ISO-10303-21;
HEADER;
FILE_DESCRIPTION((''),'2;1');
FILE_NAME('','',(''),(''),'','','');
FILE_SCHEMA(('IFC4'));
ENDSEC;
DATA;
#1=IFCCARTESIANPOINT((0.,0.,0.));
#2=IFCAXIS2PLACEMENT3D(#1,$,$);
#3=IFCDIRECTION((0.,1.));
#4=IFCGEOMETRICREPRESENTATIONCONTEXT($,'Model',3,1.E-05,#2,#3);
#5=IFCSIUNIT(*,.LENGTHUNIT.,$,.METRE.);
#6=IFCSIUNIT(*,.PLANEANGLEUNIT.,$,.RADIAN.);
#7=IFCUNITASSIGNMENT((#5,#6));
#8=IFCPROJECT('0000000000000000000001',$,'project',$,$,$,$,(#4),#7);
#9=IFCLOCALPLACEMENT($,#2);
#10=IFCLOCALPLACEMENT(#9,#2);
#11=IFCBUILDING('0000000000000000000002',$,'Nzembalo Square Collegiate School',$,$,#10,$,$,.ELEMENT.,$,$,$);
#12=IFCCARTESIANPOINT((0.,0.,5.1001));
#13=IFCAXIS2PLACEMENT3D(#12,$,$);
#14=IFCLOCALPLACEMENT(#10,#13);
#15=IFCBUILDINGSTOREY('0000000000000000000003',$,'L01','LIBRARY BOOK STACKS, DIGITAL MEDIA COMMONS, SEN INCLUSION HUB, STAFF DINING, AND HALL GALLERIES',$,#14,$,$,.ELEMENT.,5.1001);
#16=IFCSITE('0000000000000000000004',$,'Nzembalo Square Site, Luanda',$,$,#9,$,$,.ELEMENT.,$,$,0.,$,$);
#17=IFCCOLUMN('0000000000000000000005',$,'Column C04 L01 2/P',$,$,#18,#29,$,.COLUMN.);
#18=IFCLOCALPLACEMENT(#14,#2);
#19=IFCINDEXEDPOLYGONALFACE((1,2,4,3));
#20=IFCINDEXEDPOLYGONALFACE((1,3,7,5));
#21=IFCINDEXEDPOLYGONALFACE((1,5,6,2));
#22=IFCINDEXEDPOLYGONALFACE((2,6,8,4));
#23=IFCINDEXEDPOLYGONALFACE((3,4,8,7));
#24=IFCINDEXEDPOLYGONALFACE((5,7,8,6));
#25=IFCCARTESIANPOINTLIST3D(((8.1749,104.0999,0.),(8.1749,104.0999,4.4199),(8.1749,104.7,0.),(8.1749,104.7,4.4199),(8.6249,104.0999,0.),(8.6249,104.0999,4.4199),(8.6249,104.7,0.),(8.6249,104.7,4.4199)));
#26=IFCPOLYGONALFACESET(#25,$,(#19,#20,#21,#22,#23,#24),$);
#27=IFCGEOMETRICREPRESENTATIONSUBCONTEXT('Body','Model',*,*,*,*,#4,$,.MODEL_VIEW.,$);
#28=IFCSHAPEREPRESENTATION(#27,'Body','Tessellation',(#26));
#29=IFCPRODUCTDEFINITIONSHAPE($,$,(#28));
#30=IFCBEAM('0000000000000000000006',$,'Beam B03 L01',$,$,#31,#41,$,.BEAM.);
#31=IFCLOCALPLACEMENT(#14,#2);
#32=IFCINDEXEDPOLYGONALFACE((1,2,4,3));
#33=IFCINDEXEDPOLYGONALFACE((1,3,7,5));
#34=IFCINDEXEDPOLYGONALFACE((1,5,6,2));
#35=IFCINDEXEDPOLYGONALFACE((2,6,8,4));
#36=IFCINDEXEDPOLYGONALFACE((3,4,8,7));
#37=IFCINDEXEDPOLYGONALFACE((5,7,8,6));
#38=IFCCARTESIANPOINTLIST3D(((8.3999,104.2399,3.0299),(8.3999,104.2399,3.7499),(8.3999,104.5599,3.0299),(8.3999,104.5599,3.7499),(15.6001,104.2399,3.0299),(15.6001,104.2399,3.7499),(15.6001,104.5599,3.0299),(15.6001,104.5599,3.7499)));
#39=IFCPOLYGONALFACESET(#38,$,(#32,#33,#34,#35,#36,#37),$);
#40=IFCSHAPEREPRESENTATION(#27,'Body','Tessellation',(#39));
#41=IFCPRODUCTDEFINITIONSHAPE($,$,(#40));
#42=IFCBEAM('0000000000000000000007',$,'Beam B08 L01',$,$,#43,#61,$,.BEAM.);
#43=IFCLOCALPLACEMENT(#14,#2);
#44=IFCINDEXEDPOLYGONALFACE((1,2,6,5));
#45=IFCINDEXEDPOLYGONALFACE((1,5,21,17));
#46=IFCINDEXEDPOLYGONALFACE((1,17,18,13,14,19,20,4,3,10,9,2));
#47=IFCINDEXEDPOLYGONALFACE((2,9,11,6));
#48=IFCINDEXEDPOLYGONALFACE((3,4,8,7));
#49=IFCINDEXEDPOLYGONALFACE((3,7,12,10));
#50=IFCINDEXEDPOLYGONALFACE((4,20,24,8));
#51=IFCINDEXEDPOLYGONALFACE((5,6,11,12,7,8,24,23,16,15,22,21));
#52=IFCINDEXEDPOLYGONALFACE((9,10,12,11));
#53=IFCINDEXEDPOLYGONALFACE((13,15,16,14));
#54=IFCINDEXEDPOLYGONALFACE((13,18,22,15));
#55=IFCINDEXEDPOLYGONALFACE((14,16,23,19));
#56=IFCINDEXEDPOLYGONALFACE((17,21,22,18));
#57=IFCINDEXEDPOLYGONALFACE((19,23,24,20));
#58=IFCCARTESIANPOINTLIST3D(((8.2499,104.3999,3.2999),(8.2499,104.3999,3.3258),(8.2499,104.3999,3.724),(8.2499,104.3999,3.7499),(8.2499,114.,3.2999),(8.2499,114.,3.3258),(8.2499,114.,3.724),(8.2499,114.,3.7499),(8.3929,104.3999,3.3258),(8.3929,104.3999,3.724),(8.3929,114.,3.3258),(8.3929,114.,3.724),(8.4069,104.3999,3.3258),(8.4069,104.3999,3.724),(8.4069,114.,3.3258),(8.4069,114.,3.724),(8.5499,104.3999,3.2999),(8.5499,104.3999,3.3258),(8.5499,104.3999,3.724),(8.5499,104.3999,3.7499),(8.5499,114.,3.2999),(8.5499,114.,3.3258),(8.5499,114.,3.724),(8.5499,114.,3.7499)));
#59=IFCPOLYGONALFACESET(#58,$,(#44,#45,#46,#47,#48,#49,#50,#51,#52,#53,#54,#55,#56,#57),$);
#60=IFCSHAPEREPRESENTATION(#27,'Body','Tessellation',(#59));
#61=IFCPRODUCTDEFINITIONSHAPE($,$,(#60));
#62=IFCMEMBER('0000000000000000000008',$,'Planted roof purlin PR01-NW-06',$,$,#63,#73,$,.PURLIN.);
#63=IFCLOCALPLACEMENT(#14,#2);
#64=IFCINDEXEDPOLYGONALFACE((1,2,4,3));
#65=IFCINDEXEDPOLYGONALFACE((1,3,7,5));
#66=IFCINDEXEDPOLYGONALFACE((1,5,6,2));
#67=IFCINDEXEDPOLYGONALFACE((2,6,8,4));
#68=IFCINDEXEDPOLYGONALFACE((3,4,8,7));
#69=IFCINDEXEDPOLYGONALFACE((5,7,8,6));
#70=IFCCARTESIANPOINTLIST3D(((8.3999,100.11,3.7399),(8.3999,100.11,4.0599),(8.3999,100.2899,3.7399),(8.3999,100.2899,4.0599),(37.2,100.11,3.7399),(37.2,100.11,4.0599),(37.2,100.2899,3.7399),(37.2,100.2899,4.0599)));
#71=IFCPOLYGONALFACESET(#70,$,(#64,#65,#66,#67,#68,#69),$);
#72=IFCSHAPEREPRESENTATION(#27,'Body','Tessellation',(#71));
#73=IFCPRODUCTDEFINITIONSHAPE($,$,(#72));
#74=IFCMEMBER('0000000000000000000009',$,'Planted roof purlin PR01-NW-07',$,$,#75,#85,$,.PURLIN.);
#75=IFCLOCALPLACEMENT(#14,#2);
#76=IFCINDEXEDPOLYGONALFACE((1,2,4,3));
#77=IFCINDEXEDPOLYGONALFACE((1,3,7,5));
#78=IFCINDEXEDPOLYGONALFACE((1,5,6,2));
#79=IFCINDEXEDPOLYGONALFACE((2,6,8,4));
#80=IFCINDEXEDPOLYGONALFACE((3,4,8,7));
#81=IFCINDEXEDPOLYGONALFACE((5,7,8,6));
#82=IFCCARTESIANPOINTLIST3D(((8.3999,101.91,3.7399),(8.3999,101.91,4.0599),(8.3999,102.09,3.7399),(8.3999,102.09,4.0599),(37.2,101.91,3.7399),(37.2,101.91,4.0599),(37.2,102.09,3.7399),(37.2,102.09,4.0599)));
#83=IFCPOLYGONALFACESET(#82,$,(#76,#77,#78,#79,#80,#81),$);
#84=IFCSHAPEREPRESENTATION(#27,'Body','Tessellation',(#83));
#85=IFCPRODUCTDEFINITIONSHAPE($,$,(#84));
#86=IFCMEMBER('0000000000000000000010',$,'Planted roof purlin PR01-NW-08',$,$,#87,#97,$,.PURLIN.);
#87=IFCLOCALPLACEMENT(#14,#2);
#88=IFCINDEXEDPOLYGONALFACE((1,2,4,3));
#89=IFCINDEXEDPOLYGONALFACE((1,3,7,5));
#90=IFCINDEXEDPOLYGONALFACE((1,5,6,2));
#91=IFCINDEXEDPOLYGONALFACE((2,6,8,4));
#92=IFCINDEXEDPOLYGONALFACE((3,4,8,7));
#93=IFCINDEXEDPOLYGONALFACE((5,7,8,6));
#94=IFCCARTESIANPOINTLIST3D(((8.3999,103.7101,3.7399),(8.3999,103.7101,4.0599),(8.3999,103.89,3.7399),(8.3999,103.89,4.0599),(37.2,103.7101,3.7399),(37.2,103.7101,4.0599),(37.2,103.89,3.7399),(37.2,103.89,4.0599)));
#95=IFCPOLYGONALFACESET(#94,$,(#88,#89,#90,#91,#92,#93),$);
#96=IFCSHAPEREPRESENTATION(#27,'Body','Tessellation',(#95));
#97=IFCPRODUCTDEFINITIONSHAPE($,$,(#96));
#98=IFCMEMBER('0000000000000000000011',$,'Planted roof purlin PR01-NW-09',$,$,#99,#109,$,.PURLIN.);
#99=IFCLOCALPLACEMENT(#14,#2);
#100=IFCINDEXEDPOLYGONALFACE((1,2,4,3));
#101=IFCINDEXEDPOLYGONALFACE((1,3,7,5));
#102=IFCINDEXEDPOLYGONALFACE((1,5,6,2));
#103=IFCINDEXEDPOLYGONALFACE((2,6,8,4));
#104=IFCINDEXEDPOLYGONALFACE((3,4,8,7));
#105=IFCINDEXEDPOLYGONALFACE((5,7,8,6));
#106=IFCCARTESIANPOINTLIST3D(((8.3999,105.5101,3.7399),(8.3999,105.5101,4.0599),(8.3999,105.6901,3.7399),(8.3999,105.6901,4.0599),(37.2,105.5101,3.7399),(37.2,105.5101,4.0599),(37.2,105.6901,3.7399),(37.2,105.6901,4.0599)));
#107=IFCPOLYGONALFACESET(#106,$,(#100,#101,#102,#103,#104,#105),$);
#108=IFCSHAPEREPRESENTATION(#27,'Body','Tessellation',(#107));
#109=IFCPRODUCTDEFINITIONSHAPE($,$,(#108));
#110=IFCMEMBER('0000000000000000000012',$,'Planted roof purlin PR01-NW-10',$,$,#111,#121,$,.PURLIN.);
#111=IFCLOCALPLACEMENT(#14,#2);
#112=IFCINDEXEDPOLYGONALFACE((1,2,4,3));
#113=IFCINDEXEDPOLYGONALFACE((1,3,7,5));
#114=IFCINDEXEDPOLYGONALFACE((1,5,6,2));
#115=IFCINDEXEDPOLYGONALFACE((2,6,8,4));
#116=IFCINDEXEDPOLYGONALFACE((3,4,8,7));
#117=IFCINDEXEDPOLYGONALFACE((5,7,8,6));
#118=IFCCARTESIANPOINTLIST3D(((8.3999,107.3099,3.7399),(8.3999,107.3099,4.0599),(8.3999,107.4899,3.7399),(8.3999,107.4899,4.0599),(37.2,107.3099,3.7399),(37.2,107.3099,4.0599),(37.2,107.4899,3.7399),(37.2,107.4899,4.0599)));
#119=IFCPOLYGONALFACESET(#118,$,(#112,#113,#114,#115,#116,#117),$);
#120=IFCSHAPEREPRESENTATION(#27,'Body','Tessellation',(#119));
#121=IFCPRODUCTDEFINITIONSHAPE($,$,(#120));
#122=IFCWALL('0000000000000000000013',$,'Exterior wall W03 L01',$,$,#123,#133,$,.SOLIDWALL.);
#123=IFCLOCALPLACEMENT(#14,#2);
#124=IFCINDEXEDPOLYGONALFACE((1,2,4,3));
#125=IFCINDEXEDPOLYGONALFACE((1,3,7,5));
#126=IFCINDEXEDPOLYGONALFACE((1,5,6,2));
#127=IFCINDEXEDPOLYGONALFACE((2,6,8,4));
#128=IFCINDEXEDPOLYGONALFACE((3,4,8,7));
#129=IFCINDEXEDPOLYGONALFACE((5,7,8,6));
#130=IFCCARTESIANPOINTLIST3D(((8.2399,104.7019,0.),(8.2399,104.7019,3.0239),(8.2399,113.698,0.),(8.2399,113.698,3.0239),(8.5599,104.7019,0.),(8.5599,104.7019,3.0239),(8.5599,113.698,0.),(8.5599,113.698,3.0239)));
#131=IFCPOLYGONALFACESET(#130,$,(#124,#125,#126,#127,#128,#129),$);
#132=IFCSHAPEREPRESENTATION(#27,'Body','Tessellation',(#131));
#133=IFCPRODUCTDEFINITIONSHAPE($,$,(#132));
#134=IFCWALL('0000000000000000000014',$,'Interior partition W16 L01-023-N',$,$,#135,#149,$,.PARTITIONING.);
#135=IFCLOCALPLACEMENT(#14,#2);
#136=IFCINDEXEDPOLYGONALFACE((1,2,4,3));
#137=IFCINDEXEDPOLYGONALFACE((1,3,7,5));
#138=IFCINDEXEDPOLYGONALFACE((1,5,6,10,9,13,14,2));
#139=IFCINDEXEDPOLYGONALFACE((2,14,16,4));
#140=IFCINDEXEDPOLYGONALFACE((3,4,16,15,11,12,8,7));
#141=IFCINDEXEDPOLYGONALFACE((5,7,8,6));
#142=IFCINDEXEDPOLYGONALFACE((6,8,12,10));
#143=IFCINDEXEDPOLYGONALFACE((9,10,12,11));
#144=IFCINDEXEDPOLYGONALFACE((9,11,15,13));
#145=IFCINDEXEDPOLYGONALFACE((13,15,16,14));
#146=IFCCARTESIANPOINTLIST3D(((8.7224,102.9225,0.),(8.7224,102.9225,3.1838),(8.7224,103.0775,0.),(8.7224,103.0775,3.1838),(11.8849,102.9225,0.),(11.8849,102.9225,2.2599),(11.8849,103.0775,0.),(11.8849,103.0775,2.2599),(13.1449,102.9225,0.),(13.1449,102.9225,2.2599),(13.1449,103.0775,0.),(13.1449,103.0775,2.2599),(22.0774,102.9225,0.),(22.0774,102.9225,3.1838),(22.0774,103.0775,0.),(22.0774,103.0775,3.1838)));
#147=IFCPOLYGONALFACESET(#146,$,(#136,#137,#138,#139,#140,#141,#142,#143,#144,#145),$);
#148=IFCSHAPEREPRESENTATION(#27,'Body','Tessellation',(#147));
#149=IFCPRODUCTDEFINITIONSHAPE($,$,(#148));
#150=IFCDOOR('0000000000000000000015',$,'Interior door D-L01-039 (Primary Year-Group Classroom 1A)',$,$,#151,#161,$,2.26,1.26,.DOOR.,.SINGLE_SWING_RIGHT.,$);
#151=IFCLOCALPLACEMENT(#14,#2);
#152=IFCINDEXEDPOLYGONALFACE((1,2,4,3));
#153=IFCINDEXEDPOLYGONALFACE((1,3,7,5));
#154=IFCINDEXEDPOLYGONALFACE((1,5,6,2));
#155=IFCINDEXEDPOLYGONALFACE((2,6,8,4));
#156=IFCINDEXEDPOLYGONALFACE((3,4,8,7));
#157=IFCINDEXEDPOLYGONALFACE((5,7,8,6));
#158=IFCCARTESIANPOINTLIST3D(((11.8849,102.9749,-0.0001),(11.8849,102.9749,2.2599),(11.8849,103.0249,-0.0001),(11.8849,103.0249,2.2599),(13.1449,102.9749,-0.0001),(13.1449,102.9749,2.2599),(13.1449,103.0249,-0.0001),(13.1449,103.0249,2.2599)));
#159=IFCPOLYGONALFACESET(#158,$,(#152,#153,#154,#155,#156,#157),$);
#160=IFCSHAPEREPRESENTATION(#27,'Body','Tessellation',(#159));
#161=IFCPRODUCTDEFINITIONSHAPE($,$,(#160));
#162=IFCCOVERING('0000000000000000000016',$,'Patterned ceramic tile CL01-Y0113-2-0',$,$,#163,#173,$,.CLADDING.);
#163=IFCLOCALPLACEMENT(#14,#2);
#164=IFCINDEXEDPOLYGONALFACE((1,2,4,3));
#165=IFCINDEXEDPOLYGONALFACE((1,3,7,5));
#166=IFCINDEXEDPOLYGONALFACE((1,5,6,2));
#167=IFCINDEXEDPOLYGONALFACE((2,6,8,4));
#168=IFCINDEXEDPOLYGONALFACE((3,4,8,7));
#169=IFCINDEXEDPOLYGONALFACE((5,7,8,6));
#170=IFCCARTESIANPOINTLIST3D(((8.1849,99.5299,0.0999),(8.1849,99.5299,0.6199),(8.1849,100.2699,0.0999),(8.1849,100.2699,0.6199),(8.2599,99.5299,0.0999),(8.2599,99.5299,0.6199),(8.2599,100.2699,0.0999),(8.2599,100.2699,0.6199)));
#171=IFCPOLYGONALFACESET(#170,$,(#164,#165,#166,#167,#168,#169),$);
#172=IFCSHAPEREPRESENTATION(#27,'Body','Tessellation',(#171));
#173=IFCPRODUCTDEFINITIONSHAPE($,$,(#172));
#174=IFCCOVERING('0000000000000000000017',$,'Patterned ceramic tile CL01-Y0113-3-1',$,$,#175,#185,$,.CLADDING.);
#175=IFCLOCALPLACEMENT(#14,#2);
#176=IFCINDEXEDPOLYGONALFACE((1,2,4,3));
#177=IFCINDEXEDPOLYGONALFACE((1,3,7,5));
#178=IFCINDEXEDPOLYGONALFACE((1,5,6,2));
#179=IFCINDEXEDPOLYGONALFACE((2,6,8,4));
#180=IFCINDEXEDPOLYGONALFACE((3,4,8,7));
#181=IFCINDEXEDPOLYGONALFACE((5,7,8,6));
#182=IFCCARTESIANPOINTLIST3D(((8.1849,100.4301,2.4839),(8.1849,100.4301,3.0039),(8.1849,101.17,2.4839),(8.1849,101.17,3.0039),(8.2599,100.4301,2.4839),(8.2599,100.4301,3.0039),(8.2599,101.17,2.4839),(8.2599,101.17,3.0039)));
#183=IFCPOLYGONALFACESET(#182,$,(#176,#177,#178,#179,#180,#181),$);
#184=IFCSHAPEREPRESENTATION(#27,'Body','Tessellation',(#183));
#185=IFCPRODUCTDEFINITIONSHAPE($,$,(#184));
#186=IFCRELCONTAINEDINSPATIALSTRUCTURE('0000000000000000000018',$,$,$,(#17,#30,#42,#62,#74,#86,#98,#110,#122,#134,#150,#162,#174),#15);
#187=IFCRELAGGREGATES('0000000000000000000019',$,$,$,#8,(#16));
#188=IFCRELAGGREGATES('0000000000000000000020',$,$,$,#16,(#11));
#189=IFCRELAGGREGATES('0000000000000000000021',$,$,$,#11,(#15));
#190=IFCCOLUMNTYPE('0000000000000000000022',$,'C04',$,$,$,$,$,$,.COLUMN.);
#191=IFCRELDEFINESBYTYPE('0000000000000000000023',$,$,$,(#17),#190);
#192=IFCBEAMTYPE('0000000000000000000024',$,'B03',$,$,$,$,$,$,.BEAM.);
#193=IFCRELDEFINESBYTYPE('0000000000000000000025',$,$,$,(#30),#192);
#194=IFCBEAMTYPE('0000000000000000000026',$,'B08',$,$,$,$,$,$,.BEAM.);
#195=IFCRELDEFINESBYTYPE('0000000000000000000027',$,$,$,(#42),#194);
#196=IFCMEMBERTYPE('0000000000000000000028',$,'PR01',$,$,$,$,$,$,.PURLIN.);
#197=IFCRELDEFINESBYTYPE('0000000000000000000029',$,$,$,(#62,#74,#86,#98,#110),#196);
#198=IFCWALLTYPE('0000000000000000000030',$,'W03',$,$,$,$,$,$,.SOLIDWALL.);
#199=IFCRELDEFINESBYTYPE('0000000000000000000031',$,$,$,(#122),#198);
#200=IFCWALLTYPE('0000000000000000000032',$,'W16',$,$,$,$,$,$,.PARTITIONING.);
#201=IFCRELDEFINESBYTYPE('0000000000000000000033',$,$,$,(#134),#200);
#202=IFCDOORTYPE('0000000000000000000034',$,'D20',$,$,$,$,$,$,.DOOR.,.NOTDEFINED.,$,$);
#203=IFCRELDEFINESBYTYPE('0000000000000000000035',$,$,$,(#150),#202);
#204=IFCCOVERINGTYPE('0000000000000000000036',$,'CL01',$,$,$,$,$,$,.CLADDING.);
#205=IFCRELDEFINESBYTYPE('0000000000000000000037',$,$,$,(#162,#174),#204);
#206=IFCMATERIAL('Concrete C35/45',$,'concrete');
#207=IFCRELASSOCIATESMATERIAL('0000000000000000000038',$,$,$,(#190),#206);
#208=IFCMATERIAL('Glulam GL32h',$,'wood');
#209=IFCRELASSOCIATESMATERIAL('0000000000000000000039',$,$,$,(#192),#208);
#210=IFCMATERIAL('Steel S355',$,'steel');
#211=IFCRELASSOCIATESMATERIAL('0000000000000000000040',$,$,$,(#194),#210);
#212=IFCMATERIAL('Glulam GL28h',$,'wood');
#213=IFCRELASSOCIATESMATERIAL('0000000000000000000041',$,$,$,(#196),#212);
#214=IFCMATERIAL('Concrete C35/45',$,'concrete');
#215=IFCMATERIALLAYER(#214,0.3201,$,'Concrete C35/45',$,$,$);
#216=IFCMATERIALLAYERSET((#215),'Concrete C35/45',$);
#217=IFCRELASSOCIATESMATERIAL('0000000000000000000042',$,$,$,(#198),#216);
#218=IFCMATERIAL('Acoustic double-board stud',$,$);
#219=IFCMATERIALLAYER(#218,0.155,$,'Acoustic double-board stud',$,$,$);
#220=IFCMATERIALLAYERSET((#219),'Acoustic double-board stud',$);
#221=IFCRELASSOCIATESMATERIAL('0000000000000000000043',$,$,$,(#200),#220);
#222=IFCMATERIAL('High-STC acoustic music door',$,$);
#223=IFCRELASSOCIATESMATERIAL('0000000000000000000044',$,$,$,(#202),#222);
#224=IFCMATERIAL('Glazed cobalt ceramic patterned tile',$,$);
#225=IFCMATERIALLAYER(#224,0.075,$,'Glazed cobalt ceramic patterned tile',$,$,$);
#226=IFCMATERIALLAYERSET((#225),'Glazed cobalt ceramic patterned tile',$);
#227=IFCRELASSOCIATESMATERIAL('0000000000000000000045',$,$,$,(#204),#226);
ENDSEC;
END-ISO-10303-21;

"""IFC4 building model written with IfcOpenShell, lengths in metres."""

from ifc_helpers import new_model, si_unit, direction, frame, frame_2d, origin, origin_2d, place, context, subcontext, project, spatial, rectangle, i_section, extrude, material, layer, layer_set, material_profile, profile_set, type_object, element, fill, save


model = new_model("IFC4")

# Units and contexts
model_context = context("Model", 3, precision=1e-05, world=origin(), true_north=direction((0.0, 1.0)))
body_context = subcontext(model_context, "Body", "Model", "MODEL_VIEW")
ifc_project = project(units=[si_unit("LENGTHUNIT", "METRE"), si_unit("PLANEANGLEUNIT", "RADIAN")], contexts=[model_context])

# Site, building, storey
site_placement = place(None, origin())
site = spatial("IfcSite", under=ifc_project, at=site_placement, Name="Nzembalo Square Site, Luanda", CompositionType="ELEMENT", RefElevation=0.0)
building_placement = place(site_placement, origin())
building = spatial("IfcBuilding", under=site, at=building_placement, Name="Nzembalo Square Collegiate School", CompositionType="ELEMENT")
storey_placement = place(building_placement, frame((0.0, 0.0, 5.1001)))
storey = spatial("IfcBuildingStorey", under=building, at=storey_placement, Name="L01", Description="LIBRARY BOOK STACKS, DIGITAL MEDIA COMMONS, SEN INCLUSION HUB, STAFF DINING, AND HALL GALLERIES", CompositionType="ELEMENT", Elevation=5.1001)

# Column
ifc_material_1 = material(Name="Concrete C35/45", Category="concrete")
ifc_material_profile_1 = material_profile(ifc_material_1, rectangle(XDim=0.45, YDim=0.6001, at=origin_2d()), Name="RC 450x600")
ifc_profile_set_1 = profile_set([ifc_material_profile_1], Name="Concrete C35/45")
column_type = type_object("IfcColumnType", Name="C04", PredefinedType="COLUMN", material=ifc_profile_set_1)
column_placement = place(storey_placement, frame((8.3999, 104.3999, 0.0), z_axis=(0.0, 0.0, 1.0), x_axis=(1.0, 0.0, 0.0)))
element("IfcColumn", 1, at=column_placement, inside=storey, type_object=column_type, Name="Column C04 L01 2/P", PredefinedType="COLUMN", context=body_context, shape_type="SweptSolid", body=[
    extrude(rectangle(XDim=0.45, YDim=0.6001, at=origin_2d()), origin(), (0.0, 0.0, 1.0), 4.4199),
])

# Beams
ifc_material_2 = material(Name="Glulam GL32h", Category="wood")
ifc_material_profile_2 = material_profile(ifc_material_2, rectangle(XDim=0.3201, YDim=0.72, at=origin_2d()), Name="GL32h 320x720")
ifc_profile_set_2 = profile_set([ifc_material_profile_2], Name="Glulam GL32h")
beam_type_1 = type_object("IfcBeamType", Name="B03", PredefinedType="BEAM", material=ifc_profile_set_2)
beam_1_placement = place(storey_placement, frame((8.3999, 104.3999, 3.3899), z_axis=(1.0, 0.0, 0.0), x_axis=(0.0, 1.0, 0.0)))
element("IfcBeam", 2, at=beam_1_placement, inside=storey, type_object=beam_type_1, Name="Beam B03 L01", PredefinedType="BEAM", context=body_context, shape_type="SweptSolid", body=[
    extrude(rectangle(XDim=0.3201, YDim=0.72, at=origin_2d()), origin(), (0.0, 0.0, 1.0), 7.2002),
])
ifc_material_3 = material(Name="Steel S355", Category="steel")
ifc_material_profile_3 = material_profile(ifc_material_3, i_section(OverallWidth=0.3, OverallDepth=0.45, WebThickness=0.0139, FlangeThickness=0.0259, at=origin_2d()), Name="HEB 450")
ifc_profile_set_3 = profile_set([ifc_material_profile_3], Name="Steel S355")
beam_type_2 = type_object("IfcBeamType", Name="B08", PredefinedType="BEAM", material=ifc_profile_set_3)
beam_2_placement = place(storey_placement, frame((8.3999, 104.3999, 3.5249), z_axis=(0.0, 1.0, 0.0), x_axis=(-1.0, 0.0, 0.0)))
element("IfcBeam", 3, at=beam_2_placement, inside=storey, type_object=beam_type_2, Name="Beam B08 L01", PredefinedType="BEAM", context=body_context, shape_type="SweptSolid", body=[
    extrude(i_section(OverallWidth=0.3, OverallDepth=0.45, WebThickness=0.0139, FlangeThickness=0.0259, at=origin_2d()), origin(), (0.0, 0.0, 1.0), 9.6001),
])

# Members
ifc_material_4 = material(Name="Glulam GL28h", Category="wood")
ifc_material_profile_4 = material_profile(ifc_material_4, rectangle(XDim=0.1799, YDim=0.3201, at=origin_2d()), Name="GL28h 180x320")
ifc_profile_set_4 = profile_set([ifc_material_profile_4], Name="Glulam GL28h")
member_type = type_object("IfcMemberType", Name="PR01", PredefinedType="PURLIN", material=ifc_profile_set_4)
for number, where, z_axis, x_axis, name in (
    (4, (8.3999, 100.2, 3.8999), (1.0, 0.0, 0.0), (0.0, 1.0, 0.0), "Planted roof purlin PR01-NW-06"),
    (5, (8.3999, 102.0, 3.8999), (1.0, 0.0, 0.0), (0.0, 1.0, 0.0), "Planted roof purlin PR01-NW-07"),
    (6, (8.3999, 103.8, 3.8999), (1.0, 0.0, 0.0), (0.0, 1.0, 0.0), "Planted roof purlin PR01-NW-08"),
    (7, (8.3999, 105.6001, 3.8999), (1.0, 0.0, 0.0), (0.0, 1.0, 0.0), "Planted roof purlin PR01-NW-09"),
    (8, (8.3999, 107.3999, 3.8999), (1.0, 0.0, 0.0), (0.0, 1.0, 0.0), "Planted roof purlin PR01-NW-10"),
):
    element("IfcMember", number, at=place(storey_placement, frame(where, z_axis=z_axis, x_axis=x_axis)), inside=storey, type_object=member_type, Name=name, PredefinedType="PURLIN", context=body_context, shape_type="SweptSolid", body=[
        extrude(rectangle(XDim=0.1799, YDim=0.3201, at=origin_2d()), origin(), (0.0, 0.0, 1.0), 28.8),
    ])

# Wall
ifc_material_5 = material(Name="Concrete C35/45", Category="concrete")
ifc_layer_1 = layer(ifc_material_5, 0.3201, Name="Concrete C35/45")
ifc_layer_set_1 = layer_set([ifc_layer_1], Name="Concrete C35/45")
wall_type_1 = type_object("IfcWallType", Name="W03", PredefinedType="SOLIDWALL", material=ifc_layer_set_1)
wall_1_placement = place(storey_placement, frame((8.3999, 104.7019, 0.0), z_axis=(0.0, 0.0, 1.0), x_axis=(0.0, 1.0, 0.0)))
element("IfcWall", 9, at=wall_1_placement, inside=storey, type_object=wall_type_1, Name="Exterior wall W03 L01", PredefinedType="SOLIDWALL", context=body_context, shape_type="SweptSolid", body=[
    extrude(rectangle(XDim=8.9961, YDim=0.3201, at=frame_2d((4.498, 0.0))), origin(), (0.0, 0.0, 1.0), 3.0239),
])

# Wall, opening, door
ifc_material_6 = material(Name="Acoustic double-board stud")
ifc_layer_2 = layer(ifc_material_6, 0.155, Name="Acoustic double-board stud")
ifc_layer_set_2 = layer_set([ifc_layer_2], Name="Acoustic double-board stud")
wall_type_2 = type_object("IfcWallType", Name="W16", PredefinedType="PARTITIONING", material=ifc_layer_set_2)
wall_2_placement = place(storey_placement, frame((8.7224, 103.0, 0.0), z_axis=(0.0, 0.0, 1.0), x_axis=(1.0, 0.0, 0.0)))
wall_2 = element("IfcWall", 10, at=wall_2_placement, inside=storey, type_object=wall_type_2, Name="Interior partition W16 L01-023-N", PredefinedType="PARTITIONING", context=body_context, shape_type="SweptSolid", body=[
    extrude(rectangle(XDim=13.355, YDim=0.155, at=frame_2d((6.6775, 0.0))), origin(), (0.0, 0.0, 1.0), 3.1838),
])
opening_placement = place(wall_2_placement, frame((3.1626, 0.0, 0.0)))
opening = element("IfcOpeningElement", 11, at=opening_placement, cuts=wall_2, PredefinedType="OPENING", context=body_context, shape_type="SweptSolid", body=[
    extrude(rectangle(XDim=1.26, YDim=2.26, at=frame_2d((0.6299, 1.1299))), frame((0.0, 0.0874, 0.0), z_axis=(0.0, -1.0, 0.0), x_axis=(1.0, 0.0, 0.0)), (0.0, 0.0, 1.0), 0.175),
])
ifc_material_7 = material(Name="High-STC acoustic music door")
door_type = type_object("IfcDoorType", Name="D20", OperationType="NOTDEFINED", PredefinedType="DOOR", material=ifc_material_7)
door_placement = place(opening_placement, origin())
door = element("IfcDoor", 12, at=door_placement, inside=storey, type_object=door_type, Name="Interior door D-L01-039 (Primary Year-Group Classroom 1A)", OperationType="SINGLE_SWING_RIGHT", OverallHeight=2.26, OverallWidth=1.26, PredefinedType="DOOR", context=body_context, shape_type="SweptSolid", body=[
    extrude(rectangle(XDim=1.26, YDim=2.26, at=frame_2d((0.6299, 1.1299))), frame((0.0, 0.0249, 0.0), z_axis=(0.0, -1.0, 0.0), x_axis=(1.0, 0.0, 0.0)), (0.0, 0.0, 1.0), 0.05),
])
fill(opening, door)

# Coverings
ifc_material_8 = material(Name="Glazed cobalt ceramic patterned tile")
ifc_layer_3 = layer(ifc_material_8, 0.075, Name="Glazed cobalt ceramic patterned tile")
ifc_layer_set_3 = layer_set([ifc_layer_3], Name="Glazed cobalt ceramic patterned tile")
covering_type_1 = type_object("IfcCoveringType", Name="CL01", PredefinedType="CLADDING", material=ifc_layer_set_3)
for number, where, z_axis, x_axis, name in (
    (13, (8.2224, 99.8999, 0.0999), (0.0, 0.0, 1.0), (1.0, 0.0, 0.0), "Patterned ceramic tile CL01-Y0113-2-0"),
    (14, (8.2224, 100.8, 2.4839), (0.0, 0.0, 1.0), (1.0, 0.0, 0.0), "Patterned ceramic tile CL01-Y0113-3-1"),
):
    element("IfcCovering", number, at=place(storey_placement, frame(where, z_axis=z_axis, x_axis=x_axis)), inside=storey, type_object=covering_type_1, Name=name, PredefinedType="CLADDING", context=body_context, shape_type="SweptSolid", body=[
        extrude(rectangle(XDim=0.075, YDim=0.74, at=origin_2d()), origin(), (0.0, 0.0, 1.0), 0.52),
    ])

save(model, "model.ifc")
